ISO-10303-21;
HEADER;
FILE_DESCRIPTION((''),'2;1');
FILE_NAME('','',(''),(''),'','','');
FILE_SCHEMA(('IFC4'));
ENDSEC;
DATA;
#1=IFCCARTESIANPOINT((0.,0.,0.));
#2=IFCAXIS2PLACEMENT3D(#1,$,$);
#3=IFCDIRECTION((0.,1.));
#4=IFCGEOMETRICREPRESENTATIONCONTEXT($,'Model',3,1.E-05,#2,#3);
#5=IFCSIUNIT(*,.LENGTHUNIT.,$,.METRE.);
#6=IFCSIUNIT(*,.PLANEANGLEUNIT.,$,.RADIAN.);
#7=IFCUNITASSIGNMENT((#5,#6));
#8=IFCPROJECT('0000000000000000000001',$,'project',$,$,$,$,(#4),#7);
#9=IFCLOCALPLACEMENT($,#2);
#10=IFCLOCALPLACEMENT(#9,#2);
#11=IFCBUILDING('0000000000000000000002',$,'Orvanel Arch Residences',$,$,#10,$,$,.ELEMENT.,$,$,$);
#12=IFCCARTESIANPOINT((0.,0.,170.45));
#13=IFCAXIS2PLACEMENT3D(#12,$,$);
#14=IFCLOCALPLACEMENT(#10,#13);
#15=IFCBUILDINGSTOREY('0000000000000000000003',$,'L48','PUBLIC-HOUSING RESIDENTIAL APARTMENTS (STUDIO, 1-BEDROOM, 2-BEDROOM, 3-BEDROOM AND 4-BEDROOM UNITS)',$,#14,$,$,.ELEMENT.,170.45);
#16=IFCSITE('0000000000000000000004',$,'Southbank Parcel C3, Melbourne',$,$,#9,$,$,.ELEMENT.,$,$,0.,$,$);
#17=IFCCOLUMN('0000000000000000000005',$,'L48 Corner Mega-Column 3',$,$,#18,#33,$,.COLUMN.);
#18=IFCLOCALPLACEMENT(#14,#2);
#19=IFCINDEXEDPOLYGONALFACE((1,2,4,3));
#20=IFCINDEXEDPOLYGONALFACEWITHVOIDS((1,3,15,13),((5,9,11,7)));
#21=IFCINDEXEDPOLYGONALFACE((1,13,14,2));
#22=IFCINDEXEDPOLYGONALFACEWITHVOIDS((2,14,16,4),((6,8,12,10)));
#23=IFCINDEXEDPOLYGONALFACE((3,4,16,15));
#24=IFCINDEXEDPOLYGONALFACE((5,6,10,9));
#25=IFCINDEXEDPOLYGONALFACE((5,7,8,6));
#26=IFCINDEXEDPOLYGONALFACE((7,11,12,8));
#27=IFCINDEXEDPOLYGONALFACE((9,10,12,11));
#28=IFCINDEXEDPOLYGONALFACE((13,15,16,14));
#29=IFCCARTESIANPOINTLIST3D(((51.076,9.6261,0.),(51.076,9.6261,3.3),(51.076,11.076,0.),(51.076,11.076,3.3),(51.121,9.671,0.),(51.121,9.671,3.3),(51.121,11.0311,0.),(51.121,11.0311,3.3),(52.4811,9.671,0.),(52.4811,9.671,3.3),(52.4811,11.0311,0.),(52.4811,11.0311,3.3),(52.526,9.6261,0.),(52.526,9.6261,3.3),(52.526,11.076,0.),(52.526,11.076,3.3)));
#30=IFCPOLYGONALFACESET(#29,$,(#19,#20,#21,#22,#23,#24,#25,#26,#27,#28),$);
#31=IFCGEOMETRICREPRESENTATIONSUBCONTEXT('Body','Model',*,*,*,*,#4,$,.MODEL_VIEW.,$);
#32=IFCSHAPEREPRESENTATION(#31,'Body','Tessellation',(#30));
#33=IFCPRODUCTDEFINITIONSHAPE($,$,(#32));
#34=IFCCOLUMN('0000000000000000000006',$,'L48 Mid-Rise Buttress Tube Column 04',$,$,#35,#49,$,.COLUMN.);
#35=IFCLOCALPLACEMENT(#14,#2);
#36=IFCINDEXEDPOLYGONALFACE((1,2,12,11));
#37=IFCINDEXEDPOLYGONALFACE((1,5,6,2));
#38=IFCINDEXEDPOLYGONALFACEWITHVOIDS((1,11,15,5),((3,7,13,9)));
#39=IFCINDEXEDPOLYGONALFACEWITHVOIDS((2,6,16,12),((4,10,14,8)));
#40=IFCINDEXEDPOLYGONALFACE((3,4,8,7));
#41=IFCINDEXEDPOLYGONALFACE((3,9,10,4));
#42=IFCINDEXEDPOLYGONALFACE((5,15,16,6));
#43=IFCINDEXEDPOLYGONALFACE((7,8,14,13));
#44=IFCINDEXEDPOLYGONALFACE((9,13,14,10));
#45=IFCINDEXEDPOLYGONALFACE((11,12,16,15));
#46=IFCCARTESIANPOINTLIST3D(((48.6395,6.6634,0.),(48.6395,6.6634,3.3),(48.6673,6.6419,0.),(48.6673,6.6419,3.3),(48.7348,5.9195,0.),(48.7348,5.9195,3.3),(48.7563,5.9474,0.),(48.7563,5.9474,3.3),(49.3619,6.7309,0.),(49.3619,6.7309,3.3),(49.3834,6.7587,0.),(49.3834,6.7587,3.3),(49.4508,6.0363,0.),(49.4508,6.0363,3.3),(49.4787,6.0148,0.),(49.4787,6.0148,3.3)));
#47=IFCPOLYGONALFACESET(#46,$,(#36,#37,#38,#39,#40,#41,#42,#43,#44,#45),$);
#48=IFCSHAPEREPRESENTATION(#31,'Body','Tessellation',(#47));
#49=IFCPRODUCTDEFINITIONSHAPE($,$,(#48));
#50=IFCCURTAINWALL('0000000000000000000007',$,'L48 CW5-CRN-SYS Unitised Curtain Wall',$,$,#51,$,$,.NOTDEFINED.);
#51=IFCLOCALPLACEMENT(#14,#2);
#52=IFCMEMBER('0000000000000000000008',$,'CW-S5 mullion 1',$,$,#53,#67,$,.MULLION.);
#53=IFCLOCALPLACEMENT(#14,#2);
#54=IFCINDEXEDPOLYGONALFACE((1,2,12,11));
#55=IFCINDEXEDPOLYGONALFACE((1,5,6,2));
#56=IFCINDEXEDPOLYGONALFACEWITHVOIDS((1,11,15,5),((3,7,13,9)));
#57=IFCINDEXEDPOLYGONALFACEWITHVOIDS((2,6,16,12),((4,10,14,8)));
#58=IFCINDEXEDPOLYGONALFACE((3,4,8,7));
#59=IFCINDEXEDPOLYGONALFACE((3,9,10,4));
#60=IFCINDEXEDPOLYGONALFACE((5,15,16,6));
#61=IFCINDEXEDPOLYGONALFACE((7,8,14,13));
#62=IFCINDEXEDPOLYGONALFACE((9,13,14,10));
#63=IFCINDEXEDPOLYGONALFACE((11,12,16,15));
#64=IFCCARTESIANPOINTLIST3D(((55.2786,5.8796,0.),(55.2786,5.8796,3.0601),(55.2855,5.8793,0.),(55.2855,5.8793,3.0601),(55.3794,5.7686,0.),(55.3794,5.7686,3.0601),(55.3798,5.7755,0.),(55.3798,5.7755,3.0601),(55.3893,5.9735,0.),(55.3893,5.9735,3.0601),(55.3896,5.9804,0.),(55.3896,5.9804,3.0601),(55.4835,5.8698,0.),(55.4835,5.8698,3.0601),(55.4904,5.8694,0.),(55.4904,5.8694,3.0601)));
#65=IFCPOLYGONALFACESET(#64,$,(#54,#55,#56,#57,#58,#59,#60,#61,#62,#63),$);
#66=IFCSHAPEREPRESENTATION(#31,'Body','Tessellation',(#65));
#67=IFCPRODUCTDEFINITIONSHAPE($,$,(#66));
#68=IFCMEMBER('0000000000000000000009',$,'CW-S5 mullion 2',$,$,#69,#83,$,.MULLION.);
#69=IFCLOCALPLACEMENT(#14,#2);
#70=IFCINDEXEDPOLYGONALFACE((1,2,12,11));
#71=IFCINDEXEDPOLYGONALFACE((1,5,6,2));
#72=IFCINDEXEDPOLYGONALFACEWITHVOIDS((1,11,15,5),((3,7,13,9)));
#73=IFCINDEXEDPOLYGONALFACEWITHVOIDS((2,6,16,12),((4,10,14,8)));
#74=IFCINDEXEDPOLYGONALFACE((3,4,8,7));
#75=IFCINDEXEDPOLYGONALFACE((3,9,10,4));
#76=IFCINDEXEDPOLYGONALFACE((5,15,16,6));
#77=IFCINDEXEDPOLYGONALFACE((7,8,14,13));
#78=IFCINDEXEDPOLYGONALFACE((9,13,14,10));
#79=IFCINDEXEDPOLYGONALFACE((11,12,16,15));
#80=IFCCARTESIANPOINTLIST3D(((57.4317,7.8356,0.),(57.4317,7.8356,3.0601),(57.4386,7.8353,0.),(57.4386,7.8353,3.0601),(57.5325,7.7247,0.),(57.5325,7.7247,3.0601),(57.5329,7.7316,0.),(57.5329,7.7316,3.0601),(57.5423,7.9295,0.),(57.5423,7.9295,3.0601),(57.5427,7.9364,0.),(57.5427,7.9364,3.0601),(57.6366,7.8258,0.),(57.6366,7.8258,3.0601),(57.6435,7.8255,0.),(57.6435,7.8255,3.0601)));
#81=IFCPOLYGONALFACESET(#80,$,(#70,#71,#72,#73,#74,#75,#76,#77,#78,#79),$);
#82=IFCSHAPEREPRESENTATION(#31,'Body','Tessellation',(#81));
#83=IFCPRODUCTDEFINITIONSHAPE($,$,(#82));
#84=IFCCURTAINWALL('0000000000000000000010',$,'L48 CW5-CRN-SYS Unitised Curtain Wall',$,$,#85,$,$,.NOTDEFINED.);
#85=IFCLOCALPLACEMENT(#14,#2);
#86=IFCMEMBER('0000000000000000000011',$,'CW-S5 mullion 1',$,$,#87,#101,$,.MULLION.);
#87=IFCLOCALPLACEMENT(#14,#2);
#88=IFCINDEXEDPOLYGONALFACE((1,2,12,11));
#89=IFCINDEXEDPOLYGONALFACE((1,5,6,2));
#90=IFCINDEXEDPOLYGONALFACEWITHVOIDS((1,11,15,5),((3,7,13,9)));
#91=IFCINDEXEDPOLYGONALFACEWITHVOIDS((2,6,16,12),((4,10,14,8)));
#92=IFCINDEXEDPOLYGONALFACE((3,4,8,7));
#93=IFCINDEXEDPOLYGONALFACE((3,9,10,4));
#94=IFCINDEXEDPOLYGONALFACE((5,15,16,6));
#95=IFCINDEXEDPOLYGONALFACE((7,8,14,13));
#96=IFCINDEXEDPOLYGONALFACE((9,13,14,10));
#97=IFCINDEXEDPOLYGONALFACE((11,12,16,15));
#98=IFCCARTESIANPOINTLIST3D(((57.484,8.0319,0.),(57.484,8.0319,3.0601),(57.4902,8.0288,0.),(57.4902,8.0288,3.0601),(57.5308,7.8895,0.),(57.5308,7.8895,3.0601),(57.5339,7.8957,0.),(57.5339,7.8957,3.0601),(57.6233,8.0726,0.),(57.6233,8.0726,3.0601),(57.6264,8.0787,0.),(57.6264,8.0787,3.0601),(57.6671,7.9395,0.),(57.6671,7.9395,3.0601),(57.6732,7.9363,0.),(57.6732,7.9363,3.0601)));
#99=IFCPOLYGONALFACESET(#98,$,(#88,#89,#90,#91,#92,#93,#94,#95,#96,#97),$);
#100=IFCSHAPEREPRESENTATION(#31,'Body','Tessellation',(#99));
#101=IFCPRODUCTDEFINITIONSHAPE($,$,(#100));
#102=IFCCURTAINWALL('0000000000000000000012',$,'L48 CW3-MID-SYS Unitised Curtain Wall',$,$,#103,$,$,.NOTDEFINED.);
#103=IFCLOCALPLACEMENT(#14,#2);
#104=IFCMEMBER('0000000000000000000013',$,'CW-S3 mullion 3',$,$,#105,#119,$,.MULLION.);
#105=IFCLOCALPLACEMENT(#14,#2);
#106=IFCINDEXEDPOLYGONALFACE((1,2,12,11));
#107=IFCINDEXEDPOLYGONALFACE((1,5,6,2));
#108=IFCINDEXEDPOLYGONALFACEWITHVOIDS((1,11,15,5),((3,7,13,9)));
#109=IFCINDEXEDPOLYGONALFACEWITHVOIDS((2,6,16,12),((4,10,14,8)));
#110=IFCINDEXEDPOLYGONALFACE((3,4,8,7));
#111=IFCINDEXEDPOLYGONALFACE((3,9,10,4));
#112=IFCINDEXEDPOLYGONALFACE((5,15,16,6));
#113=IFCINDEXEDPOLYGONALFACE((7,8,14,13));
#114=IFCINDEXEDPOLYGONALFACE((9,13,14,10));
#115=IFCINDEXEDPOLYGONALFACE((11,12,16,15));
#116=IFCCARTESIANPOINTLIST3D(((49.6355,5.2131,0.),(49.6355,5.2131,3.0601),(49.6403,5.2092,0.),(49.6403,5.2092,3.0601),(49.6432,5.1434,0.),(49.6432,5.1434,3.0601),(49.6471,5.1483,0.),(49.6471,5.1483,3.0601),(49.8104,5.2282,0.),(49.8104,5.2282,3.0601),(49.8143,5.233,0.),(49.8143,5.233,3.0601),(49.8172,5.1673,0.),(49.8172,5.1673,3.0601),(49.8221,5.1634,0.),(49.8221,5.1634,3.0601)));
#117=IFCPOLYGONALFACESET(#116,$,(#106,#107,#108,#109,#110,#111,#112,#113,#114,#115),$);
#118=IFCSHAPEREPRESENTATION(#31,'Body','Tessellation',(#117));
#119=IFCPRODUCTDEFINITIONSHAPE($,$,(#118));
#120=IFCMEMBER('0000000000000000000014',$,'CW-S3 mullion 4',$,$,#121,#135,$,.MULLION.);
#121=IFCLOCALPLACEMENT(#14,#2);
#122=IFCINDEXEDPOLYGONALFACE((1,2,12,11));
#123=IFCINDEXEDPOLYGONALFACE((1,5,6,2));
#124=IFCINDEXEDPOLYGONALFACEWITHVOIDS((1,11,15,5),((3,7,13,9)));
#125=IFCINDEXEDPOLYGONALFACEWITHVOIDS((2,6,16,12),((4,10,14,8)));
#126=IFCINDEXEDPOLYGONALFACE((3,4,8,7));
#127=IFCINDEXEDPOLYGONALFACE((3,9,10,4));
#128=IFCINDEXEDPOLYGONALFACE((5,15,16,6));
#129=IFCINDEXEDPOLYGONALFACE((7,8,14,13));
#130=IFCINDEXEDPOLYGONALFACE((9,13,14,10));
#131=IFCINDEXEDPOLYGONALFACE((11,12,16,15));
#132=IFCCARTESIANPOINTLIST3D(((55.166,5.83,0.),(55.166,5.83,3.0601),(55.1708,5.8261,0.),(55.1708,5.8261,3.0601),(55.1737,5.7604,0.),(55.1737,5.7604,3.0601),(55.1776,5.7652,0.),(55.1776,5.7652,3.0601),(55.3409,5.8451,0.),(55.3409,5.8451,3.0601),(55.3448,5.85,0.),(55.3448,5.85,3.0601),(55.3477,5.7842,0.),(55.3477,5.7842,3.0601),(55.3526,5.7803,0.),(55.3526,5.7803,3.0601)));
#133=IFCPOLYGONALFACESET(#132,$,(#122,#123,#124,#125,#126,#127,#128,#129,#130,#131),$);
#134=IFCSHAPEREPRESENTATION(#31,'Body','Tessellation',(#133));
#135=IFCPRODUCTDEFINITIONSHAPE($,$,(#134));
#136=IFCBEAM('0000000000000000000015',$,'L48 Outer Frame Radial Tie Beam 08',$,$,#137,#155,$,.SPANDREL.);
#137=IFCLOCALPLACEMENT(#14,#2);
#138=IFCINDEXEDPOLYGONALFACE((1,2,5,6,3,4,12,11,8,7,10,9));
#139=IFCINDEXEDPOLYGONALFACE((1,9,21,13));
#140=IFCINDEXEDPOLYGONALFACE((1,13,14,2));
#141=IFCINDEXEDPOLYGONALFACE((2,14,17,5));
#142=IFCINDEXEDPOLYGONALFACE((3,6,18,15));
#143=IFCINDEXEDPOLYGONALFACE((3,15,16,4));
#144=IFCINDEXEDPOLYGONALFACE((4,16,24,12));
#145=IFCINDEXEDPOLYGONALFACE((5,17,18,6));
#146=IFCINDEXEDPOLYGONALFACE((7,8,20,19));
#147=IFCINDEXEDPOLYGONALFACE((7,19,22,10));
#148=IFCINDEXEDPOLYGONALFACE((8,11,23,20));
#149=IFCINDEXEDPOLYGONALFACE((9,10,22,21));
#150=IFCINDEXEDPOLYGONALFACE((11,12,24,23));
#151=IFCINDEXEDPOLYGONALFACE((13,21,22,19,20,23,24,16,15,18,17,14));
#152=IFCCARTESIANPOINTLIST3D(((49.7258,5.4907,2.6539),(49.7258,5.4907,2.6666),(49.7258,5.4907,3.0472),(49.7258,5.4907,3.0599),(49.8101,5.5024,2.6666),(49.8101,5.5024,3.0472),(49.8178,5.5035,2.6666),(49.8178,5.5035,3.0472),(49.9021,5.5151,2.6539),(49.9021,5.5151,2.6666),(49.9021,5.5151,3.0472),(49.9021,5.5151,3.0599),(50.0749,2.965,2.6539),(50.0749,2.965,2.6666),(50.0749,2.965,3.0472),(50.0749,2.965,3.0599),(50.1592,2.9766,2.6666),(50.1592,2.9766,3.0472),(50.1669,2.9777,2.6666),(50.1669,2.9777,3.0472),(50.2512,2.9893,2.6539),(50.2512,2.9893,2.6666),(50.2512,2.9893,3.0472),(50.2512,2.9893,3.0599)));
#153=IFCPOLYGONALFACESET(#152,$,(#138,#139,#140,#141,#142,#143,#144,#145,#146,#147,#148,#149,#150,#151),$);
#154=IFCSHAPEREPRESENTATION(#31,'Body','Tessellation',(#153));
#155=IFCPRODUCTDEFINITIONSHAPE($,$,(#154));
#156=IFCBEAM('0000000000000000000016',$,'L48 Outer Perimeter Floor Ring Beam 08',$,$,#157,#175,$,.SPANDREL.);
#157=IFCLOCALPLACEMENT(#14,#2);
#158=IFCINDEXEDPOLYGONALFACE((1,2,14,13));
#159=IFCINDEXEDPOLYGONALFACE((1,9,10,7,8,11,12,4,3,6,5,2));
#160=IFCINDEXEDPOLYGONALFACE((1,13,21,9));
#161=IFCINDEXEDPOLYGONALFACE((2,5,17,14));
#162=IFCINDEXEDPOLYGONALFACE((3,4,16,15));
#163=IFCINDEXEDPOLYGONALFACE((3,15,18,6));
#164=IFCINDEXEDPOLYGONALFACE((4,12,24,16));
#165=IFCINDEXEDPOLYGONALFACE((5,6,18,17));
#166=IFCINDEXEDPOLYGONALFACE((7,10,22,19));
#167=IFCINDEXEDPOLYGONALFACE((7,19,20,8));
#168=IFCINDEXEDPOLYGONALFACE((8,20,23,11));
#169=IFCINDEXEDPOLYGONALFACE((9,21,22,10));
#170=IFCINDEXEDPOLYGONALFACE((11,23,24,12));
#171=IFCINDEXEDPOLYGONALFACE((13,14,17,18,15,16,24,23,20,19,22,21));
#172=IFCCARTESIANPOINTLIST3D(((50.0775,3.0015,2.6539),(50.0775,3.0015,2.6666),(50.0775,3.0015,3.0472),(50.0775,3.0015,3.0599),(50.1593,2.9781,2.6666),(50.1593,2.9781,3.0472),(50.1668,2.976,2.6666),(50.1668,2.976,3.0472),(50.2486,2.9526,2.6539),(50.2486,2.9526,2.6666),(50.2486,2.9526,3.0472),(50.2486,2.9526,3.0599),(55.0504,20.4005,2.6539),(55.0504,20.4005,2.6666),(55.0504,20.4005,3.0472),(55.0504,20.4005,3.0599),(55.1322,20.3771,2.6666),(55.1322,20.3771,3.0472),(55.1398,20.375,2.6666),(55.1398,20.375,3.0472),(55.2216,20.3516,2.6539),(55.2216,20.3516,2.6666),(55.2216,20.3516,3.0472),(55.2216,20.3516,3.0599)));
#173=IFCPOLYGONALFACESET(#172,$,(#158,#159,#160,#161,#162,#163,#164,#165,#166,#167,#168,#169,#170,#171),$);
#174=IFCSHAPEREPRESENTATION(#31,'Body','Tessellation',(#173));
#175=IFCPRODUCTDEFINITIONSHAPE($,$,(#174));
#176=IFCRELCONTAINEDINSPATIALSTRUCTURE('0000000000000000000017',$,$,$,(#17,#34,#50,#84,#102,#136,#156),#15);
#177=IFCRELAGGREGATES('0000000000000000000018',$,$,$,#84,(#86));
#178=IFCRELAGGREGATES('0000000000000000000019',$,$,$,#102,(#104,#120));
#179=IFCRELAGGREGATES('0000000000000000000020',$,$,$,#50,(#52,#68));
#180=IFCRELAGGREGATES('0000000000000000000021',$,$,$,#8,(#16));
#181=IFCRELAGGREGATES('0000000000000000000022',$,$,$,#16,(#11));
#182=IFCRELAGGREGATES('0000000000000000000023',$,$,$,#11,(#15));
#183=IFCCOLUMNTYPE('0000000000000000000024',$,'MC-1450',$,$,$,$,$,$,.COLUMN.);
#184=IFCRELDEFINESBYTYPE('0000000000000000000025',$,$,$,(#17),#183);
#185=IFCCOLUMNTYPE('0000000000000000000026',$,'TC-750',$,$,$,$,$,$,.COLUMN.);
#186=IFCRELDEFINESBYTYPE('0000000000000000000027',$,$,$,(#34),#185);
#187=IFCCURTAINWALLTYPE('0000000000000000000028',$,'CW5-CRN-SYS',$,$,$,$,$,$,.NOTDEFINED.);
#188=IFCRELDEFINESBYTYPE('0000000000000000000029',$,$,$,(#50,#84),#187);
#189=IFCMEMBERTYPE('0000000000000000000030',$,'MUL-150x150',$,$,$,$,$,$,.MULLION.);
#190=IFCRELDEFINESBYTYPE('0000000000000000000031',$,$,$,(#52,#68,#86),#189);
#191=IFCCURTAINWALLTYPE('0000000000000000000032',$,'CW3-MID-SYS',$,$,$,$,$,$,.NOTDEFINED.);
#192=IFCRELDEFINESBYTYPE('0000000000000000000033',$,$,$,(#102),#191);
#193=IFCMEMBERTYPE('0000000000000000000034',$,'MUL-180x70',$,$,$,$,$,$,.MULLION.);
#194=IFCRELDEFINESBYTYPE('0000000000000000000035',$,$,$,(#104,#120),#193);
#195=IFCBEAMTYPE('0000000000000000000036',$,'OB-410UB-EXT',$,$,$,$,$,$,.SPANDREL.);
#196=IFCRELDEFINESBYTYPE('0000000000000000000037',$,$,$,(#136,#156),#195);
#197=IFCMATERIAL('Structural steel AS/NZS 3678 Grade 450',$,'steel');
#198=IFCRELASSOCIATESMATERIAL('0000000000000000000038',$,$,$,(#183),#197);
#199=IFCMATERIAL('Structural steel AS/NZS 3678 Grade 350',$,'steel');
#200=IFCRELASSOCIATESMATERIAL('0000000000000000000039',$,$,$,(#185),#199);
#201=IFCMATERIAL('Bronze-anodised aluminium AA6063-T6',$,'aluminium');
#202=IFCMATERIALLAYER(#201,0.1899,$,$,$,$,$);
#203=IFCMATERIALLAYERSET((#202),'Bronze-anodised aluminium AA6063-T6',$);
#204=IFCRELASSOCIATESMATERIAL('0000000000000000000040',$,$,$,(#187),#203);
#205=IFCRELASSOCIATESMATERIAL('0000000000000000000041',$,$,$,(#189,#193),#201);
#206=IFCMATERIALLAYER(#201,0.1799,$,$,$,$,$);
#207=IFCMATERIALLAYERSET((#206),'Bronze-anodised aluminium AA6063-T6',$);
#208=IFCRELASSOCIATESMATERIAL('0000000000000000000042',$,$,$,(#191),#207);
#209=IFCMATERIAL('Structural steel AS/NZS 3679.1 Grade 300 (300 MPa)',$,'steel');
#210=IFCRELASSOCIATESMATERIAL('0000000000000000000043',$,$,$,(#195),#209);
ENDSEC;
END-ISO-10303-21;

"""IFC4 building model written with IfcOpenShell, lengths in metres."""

from ifc_helpers import new_model, si_unit, direction, frame, origin, origin_2d, place, context, subcontext, project, spatial, hollow_rectangle, i_section, extrude, material, layer, layer_set, material_profile, profile_set, type_object, element, aggregate, save


model = new_model("IFC4")

# Units and contexts
model_context = context("Model", 3, precision=1e-05, world=origin(), true_north=direction((0.0, 1.0)))
body_context = subcontext(model_context, "Body", "Model", "MODEL_VIEW")
ifc_project = project(units=[si_unit("LENGTHUNIT", "METRE"), si_unit("PLANEANGLEUNIT", "RADIAN")], contexts=[model_context])

# Site, building, storey
site_placement = place(None, origin())
site = spatial("IfcSite", under=ifc_project, at=site_placement, Name="Southbank Parcel C3, Melbourne", CompositionType="ELEMENT", RefElevation=0.0)
building_placement = place(site_placement, origin())
building = spatial("IfcBuilding", under=site, at=building_placement, Name="Orvanel Arch Residences", CompositionType="ELEMENT")
storey_placement = place(building_placement, frame((0.0, 0.0, 170.45)))
storey = spatial("IfcBuildingStorey", under=building, at=storey_placement, Name="L48", Description="PUBLIC-HOUSING RESIDENTIAL APARTMENTS (STUDIO, 1-BEDROOM, 2-BEDROOM, 3-BEDROOM AND 4-BEDROOM UNITS)", CompositionType="ELEMENT", Elevation=170.45)

# Columns
ifc_material_1 = material(Name="Structural steel AS/NZS 3678 Grade 450", Category="steel")
ifc_material_profile_1 = material_profile(ifc_material_1, hollow_rectangle(XDim=1.45, YDim=1.45, WallThickness=0.0449, at=origin_2d()), Name="BOX1450x1450x45")
ifc_profile_set_1 = profile_set([ifc_material_profile_1], Name="Structural steel AS/NZS 3678 Grade 450")
column_type_1 = type_object("IfcColumnType", Name="MC-1450", PredefinedType="COLUMN", material=ifc_profile_set_1)
column_1_placement = place(storey_placement, frame((51.801, 10.3511, 0.0), z_axis=(0.0, 0.0, 1.0), x_axis=(1.0, 0.0, 0.0)))
element("IfcColumn", 1, at=column_1_placement, inside=storey, type_object=column_type_1, Name="L48 Corner Mega-Column 3", PredefinedType="COLUMN", context=body_context, shape_type="SweptSolid", body=[
    extrude(hollow_rectangle(XDim=1.45, YDim=1.45, WallThickness=0.0449, at=origin_2d()), origin(), (0.0, 0.0, 1.0), 3.3),
])
ifc_material_2 = material(Name="Structural steel AS/NZS 3678 Grade 350", Category="steel")
ifc_material_profile_2 = material_profile(ifc_material_2, hollow_rectangle(XDim=0.75, YDim=0.75, WallThickness=0.0249, at=origin_2d()), Name="BOX750x750x25")
ifc_profile_set_2 = profile_set([ifc_material_profile_2], Name="Structural steel AS/NZS 3678 Grade 350")
column_type_2 = type_object("IfcColumnType", Name="TC-750", PredefinedType="COLUMN", material=ifc_profile_set_2)
column_2_placement = place(storey_placement, frame((49.0591, 6.3391, 0.0), z_axis=(0.0, 0.0, 1.0), x_axis=(0.991894, 0.127065, 0.0)))
element("IfcColumn", 2, at=column_2_placement, inside=storey, type_object=column_type_2, Name="L48 Mid-Rise Buttress Tube Column 04", PredefinedType="COLUMN", context=body_context, shape_type="SweptSolid", body=[
    extrude(hollow_rectangle(XDim=0.75, YDim=0.75, WallThickness=0.0249, at=origin_2d()), origin(), (0.0, 0.0, 1.0), 3.3),
])

# Curtain wall, members
ifc_material_3 = material(Name="Bronze-anodised aluminium AA6063-T6", Category="aluminium")
ifc_layer_1 = layer(ifc_material_3, 0.1899)
ifc_layer_set_1 = layer_set([ifc_layer_1], Name="Bronze-anodised aluminium AA6063-T6")
curtain_wall_type_1 = type_object("IfcCurtainWallType", Name="CW5-CRN-SYS", PredefinedType="NOTDEFINED", material=ifc_layer_set_1)
curtain_wall_1_placement = place(storey_placement, origin())
curtain_wall_1 = element("IfcCurtainWall", 3, at=curtain_wall_1_placement, inside=storey, type_object=curtain_wall_type_1, Name="L48 CW5-CRN-SYS Unitised Curtain Wall", PredefinedType="NOTDEFINED")
ifc_material_profile_3 = material_profile(ifc_material_3, hollow_rectangle(XDim=0.1499, YDim=0.1499, WallThickness=0.0049, at=origin_2d()), Name="ALU150x150x5")
ifc_profile_set_3 = profile_set([ifc_material_profile_3], Name="Bronze-anodised aluminium AA6063-T6")
member_type_1 = type_object("IfcMemberType", Name="MUL-150x150", PredefinedType="MULLION", material=ifc_profile_set_3)
member_1_placement = place(storey_placement, frame((55.3845, 5.8745, 0.0), z_axis=(0.0, 0.0, 1.0), x_axis=(-0.672461, 0.740132, 0.0)))
member_1 = element("IfcMember", 4, at=member_1_placement, type_object=member_type_1, Name="CW-S5 mullion 1", PredefinedType="MULLION", context=body_context, shape_type="SweptSolid", body=[
    extrude(hollow_rectangle(XDim=0.1499, YDim=0.1499, WallThickness=0.0049, at=origin_2d()), origin(), (0.0, 0.0, 1.0), 3.0601),
])
member_2_placement = place(storey_placement, frame((57.5376, 7.8306, 0.0), z_axis=(0.0, 0.0, 1.0), x_axis=(-0.672461, 0.740132, 0.0)))
member_2 = element("IfcMember", 5, at=member_2_placement, type_object=member_type_1, Name="CW-S5 mullion 2", PredefinedType="MULLION", context=body_context, shape_type="SweptSolid", body=[
    extrude(hollow_rectangle(XDim=0.1499, YDim=0.1499, WallThickness=0.0049, at=origin_2d()), origin(), (0.0, 0.0, 1.0), 3.0601),
])

# Curtain wall, member
curtain_wall_2_placement = place(storey_placement, origin())
curtain_wall_2 = element("IfcCurtainWall", 6, at=curtain_wall_2_placement, inside=storey, type_object=curtain_wall_type_1, Name="L48 CW5-CRN-SYS Unitised Curtain Wall", PredefinedType="NOTDEFINED")
member_3_placement = place(storey_placement, frame((57.5786, 7.9841, 0.0), z_axis=(0.0, 0.0, 1.0), x_axis=(-0.949944, -0.31242, 0.0)))
member_3 = element("IfcMember", 7, at=member_3_placement, type_object=member_type_1, Name="CW-S5 mullion 1", PredefinedType="MULLION", context=body_context, shape_type="SweptSolid", body=[
    extrude(hollow_rectangle(XDim=0.1499, YDim=0.1499, WallThickness=0.0049, at=origin_2d()), origin(), (0.0, 0.0, 1.0), 3.0601),
])

# Curtain wall, members
ifc_layer_2 = layer(ifc_material_3, 0.1799)
ifc_layer_set_2 = layer_set([ifc_layer_2], Name="Bronze-anodised aluminium AA6063-T6")
curtain_wall_type_2 = type_object("IfcCurtainWallType", Name="CW3-MID-SYS", PredefinedType="NOTDEFINED", material=ifc_layer_set_2)
curtain_wall_3_placement = place(storey_placement, origin())
curtain_wall_3 = element("IfcCurtainWall", 8, at=curtain_wall_3_placement, inside=storey, type_object=curtain_wall_type_2, Name="L48 CW3-MID-SYS Unitised Curtain Wall", PredefinedType="NOTDEFINED")
ifc_material_profile_4 = material_profile(ifc_material_3, hollow_rectangle(XDim=0.0701, YDim=0.1799, WallThickness=0.0044, at=origin_2d()), Name="ALU180x70x4.5")
ifc_profile_set_4 = profile_set([ifc_material_profile_4], Name="Bronze-anodised aluminium AA6063-T6")
member_type_2 = type_object("IfcMemberType", Name="MUL-180x70", PredefinedType="MULLION", material=ifc_profile_set_4)
member_4_placement = place(storey_placement, frame((49.7288, 5.1882, 0.0), z_axis=(0.0, 0.0, 1.0), x_axis=(-0.110837, 0.993839, 0.0)))
member_4 = element("IfcMember", 9, at=member_4_placement, type_object=member_type_2, Name="CW-S3 mullion 3", PredefinedType="MULLION", context=body_context, shape_type="SweptSolid", body=[
    extrude(hollow_rectangle(XDim=0.0701, YDim=0.1799, WallThickness=0.0044, at=origin_2d()), origin(), (0.0, 0.0, 1.0), 3.0601),
])
member_5_placement = place(storey_placement, frame((55.2593, 5.8052, 0.0), z_axis=(0.0, 0.0, 1.0), x_axis=(-0.110837, 0.993839, 0.0)))
member_5 = element("IfcMember", 10, at=member_5_placement, type_object=member_type_2, Name="CW-S3 mullion 4", PredefinedType="MULLION", context=body_context, shape_type="SweptSolid", body=[
    extrude(hollow_rectangle(XDim=0.0701, YDim=0.1799, WallThickness=0.0044, at=origin_2d()), origin(), (0.0, 0.0, 1.0), 3.0601),
])

# Beams
ifc_material_4 = material(Name="Structural steel AS/NZS 3679.1 Grade 300 (300 MPa)", Category="steel")
ifc_material_profile_5 = material_profile(ifc_material_4, i_section(OverallWidth=0.178, OverallDepth=0.406, WebThickness=0.0078, FlangeThickness=0.0127, at=origin_2d()), Name="410UB59.7")
ifc_profile_set_5 = profile_set([ifc_material_profile_5], Name="Structural steel AS/NZS 3679.1 Grade 300 (300 MPa)")
beam_type_1 = type_object("IfcBeamType", Name="OB-410UB-EXT", PredefinedType="SPANDREL", material=ifc_profile_set_5)
beam_1_placement = place(storey_placement, frame((49.814, 5.5029, 2.8569), z_axis=(0.136916, -0.990583, 0.0), x_axis=(0.990583, 0.136916, 0.0)))
element("IfcBeam", 11, at=beam_1_placement, inside=storey, type_object=beam_type_1, Name="L48 Outer Frame Radial Tie Beam 08", PredefinedType="SPANDREL", context=body_context, shape_type="SweptSolid", body=[
    extrude(i_section(OverallWidth=0.178, OverallDepth=0.406, WebThickness=0.0078, FlangeThickness=0.0127, at=origin_2d()), origin(), (0.0, 0.0, 1.0), 2.5498),
])
beam_2_placement = place(storey_placement, frame((50.1631, 2.9771, 2.8569), z_axis=(0.274812, 0.961498, 0.0), x_axis=(-0.961498, 0.274812, 0.0)))
element("IfcBeam", 12, at=beam_2_placement, inside=storey, type_object=beam_type_1, Name="L48 Outer Perimeter Floor Ring Beam 08", PredefinedType="SPANDREL", context=body_context, shape_type="SweptSolid", body=[
    extrude(i_section(OverallWidth=0.178, OverallDepth=0.406, WebThickness=0.0078, FlangeThickness=0.0127, at=origin_2d()), origin(), (0.0, 0.0, 1.0), 18.0957),
])

aggregate(curtain_wall_2, [member_3])

aggregate(curtain_wall_3, [member_4, member_5])
aggregate(curtain_wall_1, [member_1, member_2])

save(model, "model.ifc")
